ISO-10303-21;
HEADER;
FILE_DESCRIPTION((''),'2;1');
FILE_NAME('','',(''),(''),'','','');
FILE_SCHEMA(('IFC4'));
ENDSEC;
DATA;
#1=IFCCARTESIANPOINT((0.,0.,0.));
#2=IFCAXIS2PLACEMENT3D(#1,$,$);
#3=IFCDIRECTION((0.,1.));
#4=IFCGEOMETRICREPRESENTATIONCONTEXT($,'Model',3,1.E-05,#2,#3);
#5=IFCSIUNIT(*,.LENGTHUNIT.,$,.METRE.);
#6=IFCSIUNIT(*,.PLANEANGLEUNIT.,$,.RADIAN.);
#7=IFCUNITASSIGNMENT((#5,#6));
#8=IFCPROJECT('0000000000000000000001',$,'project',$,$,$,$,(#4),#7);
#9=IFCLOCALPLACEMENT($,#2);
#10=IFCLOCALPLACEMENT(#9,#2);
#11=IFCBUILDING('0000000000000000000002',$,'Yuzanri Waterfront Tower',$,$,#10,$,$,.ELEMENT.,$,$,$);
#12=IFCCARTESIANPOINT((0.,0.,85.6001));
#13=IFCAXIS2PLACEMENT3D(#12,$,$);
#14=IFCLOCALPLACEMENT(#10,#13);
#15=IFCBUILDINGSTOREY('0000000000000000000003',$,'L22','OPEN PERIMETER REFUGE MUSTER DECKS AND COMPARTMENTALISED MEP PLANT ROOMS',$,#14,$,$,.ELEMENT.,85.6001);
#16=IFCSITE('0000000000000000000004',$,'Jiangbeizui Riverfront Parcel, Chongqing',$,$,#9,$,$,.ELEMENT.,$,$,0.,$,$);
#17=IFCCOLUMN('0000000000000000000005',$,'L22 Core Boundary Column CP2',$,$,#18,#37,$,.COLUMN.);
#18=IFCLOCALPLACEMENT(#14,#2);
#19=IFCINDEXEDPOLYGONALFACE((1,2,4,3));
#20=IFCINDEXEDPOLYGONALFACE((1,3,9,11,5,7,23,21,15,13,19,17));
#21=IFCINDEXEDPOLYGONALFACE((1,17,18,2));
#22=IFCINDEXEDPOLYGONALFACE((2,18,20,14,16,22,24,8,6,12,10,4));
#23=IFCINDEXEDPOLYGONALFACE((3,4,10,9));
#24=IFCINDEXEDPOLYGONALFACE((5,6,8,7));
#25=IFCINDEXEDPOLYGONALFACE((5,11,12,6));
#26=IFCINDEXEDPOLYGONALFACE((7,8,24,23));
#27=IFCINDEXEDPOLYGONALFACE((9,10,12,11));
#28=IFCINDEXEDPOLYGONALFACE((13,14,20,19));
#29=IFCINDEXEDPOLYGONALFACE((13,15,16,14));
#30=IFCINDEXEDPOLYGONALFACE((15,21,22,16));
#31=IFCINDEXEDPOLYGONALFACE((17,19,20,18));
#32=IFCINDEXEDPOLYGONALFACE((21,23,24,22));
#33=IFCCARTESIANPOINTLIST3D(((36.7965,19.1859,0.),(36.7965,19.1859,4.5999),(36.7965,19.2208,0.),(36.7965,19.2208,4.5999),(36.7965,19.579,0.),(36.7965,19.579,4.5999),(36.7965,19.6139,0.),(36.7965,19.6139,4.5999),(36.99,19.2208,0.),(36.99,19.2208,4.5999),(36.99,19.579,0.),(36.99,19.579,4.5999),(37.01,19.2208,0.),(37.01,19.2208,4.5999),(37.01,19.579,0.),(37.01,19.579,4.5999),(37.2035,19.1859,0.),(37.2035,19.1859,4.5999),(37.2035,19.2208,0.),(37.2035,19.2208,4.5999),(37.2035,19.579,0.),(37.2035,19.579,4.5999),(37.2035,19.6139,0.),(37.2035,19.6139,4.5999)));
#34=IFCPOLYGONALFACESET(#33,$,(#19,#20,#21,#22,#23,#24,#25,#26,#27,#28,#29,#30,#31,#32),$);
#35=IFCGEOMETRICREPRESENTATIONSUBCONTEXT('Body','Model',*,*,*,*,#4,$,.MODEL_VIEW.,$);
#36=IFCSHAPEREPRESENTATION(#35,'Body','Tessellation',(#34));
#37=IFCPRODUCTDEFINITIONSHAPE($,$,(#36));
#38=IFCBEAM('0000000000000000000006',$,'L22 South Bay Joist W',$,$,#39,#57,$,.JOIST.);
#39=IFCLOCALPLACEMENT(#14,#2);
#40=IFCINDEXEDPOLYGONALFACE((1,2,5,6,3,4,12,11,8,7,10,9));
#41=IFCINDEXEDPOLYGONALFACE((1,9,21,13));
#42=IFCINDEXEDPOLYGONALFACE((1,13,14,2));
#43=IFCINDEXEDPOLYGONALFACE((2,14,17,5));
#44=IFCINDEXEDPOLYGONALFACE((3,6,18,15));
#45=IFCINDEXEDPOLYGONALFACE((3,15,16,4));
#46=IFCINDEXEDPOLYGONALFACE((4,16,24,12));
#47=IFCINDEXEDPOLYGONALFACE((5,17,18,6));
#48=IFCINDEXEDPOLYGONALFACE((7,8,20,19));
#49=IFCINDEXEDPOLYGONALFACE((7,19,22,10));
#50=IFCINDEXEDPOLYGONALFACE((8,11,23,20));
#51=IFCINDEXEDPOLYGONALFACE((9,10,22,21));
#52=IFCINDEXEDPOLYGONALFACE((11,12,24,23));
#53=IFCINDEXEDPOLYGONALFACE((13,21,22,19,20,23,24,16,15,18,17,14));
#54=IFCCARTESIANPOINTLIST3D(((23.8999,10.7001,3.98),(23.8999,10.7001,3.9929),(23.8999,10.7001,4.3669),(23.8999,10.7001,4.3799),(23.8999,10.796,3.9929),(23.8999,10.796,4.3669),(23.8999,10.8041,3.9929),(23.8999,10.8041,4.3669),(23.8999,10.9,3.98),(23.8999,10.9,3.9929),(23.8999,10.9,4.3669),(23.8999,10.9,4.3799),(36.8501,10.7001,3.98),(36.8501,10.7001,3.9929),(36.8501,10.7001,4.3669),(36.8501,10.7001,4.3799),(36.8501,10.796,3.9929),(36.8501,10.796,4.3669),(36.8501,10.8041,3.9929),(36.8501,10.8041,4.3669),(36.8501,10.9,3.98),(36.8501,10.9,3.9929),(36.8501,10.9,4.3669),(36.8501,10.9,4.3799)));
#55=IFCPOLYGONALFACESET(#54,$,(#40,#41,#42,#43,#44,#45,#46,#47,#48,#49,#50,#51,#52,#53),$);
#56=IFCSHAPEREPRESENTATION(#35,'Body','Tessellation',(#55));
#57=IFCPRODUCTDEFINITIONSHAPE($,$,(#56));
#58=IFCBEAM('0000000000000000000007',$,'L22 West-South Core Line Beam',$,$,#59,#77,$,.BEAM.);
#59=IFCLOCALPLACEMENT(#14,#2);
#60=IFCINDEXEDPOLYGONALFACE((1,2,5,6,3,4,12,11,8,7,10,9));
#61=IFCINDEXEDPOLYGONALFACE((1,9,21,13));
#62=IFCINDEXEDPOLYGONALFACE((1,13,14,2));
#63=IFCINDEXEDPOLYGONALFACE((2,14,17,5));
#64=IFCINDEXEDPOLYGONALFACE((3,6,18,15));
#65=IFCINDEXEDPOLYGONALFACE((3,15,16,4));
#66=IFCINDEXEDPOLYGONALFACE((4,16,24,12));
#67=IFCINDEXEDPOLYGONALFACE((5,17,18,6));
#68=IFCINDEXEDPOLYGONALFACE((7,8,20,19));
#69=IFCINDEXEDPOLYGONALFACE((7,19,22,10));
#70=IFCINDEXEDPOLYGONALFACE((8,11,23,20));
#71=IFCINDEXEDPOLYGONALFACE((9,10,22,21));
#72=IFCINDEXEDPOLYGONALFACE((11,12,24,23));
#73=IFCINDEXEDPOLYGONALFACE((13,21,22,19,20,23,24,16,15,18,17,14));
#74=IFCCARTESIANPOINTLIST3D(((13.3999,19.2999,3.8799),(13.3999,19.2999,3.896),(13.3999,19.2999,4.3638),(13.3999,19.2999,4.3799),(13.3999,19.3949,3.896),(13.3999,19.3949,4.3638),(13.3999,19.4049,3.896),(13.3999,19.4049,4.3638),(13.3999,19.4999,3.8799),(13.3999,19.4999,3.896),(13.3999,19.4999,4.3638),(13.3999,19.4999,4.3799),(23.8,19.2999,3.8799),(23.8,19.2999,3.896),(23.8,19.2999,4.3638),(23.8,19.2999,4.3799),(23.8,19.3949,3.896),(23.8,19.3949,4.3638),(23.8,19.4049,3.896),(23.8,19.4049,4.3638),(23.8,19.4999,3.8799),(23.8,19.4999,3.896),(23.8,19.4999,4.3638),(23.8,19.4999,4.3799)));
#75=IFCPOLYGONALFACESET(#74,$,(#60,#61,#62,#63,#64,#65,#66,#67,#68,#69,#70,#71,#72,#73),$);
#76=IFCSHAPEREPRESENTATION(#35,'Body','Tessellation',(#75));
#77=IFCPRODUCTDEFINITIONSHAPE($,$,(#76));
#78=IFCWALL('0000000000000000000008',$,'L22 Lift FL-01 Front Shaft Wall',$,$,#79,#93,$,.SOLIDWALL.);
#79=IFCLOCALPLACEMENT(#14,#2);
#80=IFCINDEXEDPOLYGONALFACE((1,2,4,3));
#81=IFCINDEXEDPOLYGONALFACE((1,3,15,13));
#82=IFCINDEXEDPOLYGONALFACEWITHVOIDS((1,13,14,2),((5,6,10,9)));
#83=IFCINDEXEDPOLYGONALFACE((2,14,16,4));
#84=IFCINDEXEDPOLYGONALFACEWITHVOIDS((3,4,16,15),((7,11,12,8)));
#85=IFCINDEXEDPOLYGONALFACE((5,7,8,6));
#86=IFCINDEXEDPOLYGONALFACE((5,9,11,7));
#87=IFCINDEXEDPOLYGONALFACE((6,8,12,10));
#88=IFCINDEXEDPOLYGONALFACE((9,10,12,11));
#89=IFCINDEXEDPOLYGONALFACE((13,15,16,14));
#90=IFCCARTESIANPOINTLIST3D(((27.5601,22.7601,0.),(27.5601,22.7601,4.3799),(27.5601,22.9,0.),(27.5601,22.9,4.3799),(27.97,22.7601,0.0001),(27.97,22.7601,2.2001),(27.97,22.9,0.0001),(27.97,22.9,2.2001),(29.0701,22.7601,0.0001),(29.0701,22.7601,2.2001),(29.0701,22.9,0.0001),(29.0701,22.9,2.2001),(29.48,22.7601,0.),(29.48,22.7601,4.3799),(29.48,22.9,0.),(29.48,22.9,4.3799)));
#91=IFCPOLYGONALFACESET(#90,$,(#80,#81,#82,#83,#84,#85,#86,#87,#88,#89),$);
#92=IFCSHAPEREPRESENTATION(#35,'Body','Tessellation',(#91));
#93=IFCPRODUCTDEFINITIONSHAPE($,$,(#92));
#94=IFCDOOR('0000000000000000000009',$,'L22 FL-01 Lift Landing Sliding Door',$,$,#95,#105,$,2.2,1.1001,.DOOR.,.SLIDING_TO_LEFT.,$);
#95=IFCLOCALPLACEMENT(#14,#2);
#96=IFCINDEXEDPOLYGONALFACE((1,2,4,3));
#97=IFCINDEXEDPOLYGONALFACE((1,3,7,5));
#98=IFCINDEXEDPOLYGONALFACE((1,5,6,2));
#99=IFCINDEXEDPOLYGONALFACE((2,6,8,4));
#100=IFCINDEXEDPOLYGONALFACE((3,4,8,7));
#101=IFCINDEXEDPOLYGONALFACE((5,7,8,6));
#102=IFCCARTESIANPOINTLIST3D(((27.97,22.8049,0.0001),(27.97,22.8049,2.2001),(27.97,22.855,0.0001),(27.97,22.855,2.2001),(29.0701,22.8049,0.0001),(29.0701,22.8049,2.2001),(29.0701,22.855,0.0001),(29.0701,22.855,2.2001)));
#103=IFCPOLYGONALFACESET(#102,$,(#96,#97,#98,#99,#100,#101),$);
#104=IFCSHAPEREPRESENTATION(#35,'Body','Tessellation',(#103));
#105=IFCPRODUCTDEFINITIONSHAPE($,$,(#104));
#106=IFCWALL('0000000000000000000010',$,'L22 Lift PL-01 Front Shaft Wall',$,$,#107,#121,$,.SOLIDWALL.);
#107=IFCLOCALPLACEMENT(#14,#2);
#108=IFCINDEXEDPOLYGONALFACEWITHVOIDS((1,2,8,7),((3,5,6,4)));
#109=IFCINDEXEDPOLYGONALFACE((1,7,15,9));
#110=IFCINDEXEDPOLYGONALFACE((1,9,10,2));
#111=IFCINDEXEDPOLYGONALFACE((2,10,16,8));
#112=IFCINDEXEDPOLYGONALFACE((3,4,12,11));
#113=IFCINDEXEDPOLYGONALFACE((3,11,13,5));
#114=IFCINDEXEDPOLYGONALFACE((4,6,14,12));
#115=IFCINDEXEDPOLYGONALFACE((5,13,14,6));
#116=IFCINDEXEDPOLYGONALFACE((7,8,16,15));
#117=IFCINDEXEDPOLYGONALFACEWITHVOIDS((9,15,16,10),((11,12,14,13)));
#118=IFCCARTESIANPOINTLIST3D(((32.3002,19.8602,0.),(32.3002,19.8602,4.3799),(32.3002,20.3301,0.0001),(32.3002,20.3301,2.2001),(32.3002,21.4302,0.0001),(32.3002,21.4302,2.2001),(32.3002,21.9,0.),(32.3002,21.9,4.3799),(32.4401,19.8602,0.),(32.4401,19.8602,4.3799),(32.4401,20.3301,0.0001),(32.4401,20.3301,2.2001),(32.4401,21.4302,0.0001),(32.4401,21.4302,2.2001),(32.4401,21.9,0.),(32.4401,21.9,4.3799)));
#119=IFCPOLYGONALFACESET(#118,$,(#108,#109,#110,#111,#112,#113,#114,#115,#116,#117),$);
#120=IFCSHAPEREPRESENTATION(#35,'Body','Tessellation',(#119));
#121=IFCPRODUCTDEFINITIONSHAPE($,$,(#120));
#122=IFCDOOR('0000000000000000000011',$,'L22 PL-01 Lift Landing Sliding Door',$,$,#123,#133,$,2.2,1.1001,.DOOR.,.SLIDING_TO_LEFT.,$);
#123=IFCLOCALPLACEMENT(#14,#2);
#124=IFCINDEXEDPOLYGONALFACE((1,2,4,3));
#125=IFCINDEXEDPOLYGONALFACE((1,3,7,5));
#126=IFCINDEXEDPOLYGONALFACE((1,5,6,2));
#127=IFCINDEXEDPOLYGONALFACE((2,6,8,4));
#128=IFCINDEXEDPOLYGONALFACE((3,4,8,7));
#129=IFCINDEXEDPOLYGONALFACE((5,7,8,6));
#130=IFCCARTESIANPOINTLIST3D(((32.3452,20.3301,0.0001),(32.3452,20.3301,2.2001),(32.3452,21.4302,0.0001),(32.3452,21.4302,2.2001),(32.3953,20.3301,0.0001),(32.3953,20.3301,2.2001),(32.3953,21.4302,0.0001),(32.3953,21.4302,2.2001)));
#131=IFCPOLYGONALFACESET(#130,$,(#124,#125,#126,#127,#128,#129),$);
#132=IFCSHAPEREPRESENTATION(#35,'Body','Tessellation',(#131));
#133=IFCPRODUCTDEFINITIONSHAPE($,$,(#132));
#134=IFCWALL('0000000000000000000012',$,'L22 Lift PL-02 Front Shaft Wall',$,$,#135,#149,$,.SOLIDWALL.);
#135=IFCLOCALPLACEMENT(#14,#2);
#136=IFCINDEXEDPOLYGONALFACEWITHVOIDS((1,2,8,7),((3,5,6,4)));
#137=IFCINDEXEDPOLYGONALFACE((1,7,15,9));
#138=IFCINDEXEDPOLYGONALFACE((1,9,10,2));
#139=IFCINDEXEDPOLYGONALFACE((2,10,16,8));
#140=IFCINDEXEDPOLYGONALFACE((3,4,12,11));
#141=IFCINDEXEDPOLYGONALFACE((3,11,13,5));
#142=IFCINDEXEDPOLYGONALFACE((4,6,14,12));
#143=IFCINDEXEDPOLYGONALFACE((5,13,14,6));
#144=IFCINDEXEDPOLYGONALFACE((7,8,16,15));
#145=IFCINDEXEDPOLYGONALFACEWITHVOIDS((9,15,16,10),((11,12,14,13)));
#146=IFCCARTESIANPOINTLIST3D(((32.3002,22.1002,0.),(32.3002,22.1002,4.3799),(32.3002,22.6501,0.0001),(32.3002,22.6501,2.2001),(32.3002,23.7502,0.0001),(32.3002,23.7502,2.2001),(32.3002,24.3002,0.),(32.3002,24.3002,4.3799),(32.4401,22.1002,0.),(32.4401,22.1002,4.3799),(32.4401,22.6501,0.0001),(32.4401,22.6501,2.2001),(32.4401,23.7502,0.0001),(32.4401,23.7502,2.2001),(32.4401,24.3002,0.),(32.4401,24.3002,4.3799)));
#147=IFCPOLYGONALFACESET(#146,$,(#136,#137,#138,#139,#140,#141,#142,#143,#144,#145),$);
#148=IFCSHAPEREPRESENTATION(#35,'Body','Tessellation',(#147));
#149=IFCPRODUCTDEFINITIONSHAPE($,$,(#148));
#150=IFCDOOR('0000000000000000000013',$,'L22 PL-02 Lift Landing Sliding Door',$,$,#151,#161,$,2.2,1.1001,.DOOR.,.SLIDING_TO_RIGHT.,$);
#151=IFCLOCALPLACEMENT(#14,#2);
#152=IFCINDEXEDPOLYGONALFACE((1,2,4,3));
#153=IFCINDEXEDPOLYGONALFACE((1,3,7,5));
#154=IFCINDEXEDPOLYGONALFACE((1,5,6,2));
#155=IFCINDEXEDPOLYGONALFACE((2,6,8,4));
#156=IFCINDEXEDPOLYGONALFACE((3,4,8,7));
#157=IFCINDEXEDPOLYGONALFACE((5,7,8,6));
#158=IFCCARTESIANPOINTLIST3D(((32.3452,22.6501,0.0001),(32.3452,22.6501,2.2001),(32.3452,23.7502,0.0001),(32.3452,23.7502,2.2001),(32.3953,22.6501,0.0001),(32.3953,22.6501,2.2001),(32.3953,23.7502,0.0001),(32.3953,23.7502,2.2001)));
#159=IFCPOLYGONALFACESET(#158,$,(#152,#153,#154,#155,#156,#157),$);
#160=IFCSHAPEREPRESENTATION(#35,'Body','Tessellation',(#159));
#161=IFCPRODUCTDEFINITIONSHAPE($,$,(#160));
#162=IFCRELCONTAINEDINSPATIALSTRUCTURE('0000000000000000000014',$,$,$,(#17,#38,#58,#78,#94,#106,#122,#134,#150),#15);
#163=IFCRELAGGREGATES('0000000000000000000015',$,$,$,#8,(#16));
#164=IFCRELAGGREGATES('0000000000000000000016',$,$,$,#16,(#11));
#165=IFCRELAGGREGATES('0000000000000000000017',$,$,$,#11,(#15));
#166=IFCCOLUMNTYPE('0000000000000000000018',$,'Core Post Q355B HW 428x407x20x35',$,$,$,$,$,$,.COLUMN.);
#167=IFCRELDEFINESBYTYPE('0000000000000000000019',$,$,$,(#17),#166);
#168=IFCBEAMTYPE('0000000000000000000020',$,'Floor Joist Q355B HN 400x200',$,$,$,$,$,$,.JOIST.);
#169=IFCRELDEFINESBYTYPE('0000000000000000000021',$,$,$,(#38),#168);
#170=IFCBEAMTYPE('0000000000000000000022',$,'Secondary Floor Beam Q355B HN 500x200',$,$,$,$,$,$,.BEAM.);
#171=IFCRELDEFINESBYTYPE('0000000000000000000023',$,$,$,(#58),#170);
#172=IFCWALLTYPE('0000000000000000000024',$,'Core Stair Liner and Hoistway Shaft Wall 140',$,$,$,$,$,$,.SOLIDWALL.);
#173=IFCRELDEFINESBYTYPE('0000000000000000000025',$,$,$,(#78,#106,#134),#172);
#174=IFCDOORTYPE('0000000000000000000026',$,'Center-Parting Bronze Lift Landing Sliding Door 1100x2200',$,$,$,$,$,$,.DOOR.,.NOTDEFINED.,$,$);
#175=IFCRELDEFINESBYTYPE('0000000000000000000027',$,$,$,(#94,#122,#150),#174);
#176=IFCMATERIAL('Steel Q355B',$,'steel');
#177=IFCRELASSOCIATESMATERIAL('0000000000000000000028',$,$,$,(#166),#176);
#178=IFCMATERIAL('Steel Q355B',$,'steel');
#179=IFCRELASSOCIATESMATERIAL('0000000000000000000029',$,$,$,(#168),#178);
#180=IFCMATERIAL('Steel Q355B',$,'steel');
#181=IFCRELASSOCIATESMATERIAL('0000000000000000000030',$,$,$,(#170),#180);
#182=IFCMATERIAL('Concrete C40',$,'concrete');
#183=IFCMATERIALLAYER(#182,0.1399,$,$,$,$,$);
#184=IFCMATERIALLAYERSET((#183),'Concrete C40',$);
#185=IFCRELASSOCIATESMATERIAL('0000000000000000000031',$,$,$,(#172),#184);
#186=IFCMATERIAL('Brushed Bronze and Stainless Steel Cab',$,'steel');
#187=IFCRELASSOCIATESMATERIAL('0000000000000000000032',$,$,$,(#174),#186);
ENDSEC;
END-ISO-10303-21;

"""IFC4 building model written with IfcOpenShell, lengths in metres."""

from ifc_helpers import new_model, si_unit, direction, frame, frame_2d, origin, origin_2d, place, context, subcontext, project, spatial, rectangle, i_section, extrude, source, transform, mapped, material, layer, layer_set, material_profile, profile_set, type_object, element, fill, save


model = new_model("IFC4")

# Units and contexts
model_context = context("Model", 3, precision=1e-05, world=origin(), true_north=direction((0.0, 1.0)))
body_context = subcontext(model_context, "Body", "Model", "MODEL_VIEW")
ifc_project = project(units=[si_unit("LENGTHUNIT", "METRE"), si_unit("PLANEANGLEUNIT", "RADIAN")], contexts=[model_context])

# Site, building, storey
site_placement = place(None, origin())
site = spatial("IfcSite", under=ifc_project, at=site_placement, Name="Jiangbeizui Riverfront Parcel, Chongqing", CompositionType="ELEMENT", RefElevation=0.0)
building_placement = place(site_placement, origin())
building = spatial("IfcBuilding", under=site, at=building_placement, Name="Yuzanri Waterfront Tower", CompositionType="ELEMENT")
storey_placement = place(building_placement, frame((0.0, 0.0, 85.6001)))
storey = spatial("IfcBuildingStorey", under=building, at=storey_placement, Name="L22", Description="OPEN PERIMETER REFUGE MUSTER DECKS AND COMPARTMENTALISED MEP PLANT ROOMS", CompositionType="ELEMENT", Elevation=85.6001)

# Column
ifc_material_1 = material(Name="Steel Q355B", Category="steel")
ifc_material_profile_1 = material_profile(ifc_material_1, i_section(OverallWidth=0.407, OverallDepth=0.428, WebThickness=0.02, FlangeThickness=0.0349, at=origin_2d()), Name="HW 428x407x20x35")
ifc_profile_set_1 = profile_set([ifc_material_profile_1], Name="Steel Q355B")
column_type = type_object("IfcColumnType", Name="Core Post Q355B HW 428x407x20x35", PredefinedType="COLUMN", material=ifc_profile_set_1)
shared_shape_1 = source(origin(), body_context, "Body", "SweptSolid", [
    extrude(i_section(OverallWidth=0.407, OverallDepth=0.428, WebThickness=0.02, FlangeThickness=0.0349, at=origin_2d()), origin(), (0.0, 0.0, 1.0), 4.5999),
])
column_placement = place(storey_placement, frame((37.0, 19.3999, 0.0), z_axis=(0.0, 0.0, 1.0), x_axis=(1.0, 0.0, 0.0)))
element("IfcColumn", 1, at=column_placement, inside=storey, type_object=column_type, Name="L22 Core Boundary Column CP2", PredefinedType="COLUMN", context=body_context, shape_type="MappedRepresentation", body=[
    mapped(shared_shape_1, transform((0.0, 0.0, 0.0), scale=1.0)),
])

# Beams
ifc_material_2 = material(Name="Steel Q355B", Category="steel")
ifc_material_profile_2 = material_profile(ifc_material_2, i_section(OverallWidth=0.2, OverallDepth=0.3999, WebThickness=0.0081, FlangeThickness=0.0129, at=origin_2d()), Name="HN 400x200x8x13")
ifc_profile_set_2 = profile_set([ifc_material_profile_2], Name="Steel Q355B")
beam_type_1 = type_object("IfcBeamType", Name="Floor Joist Q355B HN 400x200", PredefinedType="JOIST", material=ifc_profile_set_2)
shared_shape_2 = source(origin(), body_context, "Body", "SweptSolid", [
    extrude(i_section(OverallWidth=0.2, OverallDepth=0.3999, WebThickness=0.0081, FlangeThickness=0.0129, at=origin_2d()), origin(), (0.0, 0.0, 1.0), 12.9502),
])
beam_1_placement = place(storey_placement, frame((23.8999, 10.8, 4.1799), z_axis=(1.0, 0.0, 0.0), x_axis=(0.0, 1.0, 0.0)))
element("IfcBeam", 2, at=beam_1_placement, inside=storey, type_object=beam_type_1, Name="L22 South Bay Joist W", PredefinedType="JOIST", context=body_context, shape_type="MappedRepresentation", body=[
    mapped(shared_shape_2, transform((0.0, 0.0, 0.0), scale=1.0)),
])
ifc_material_3 = material(Name="Steel Q355B", Category="steel")
ifc_material_profile_3 = material_profile(ifc_material_3, i_section(OverallWidth=0.2, OverallDepth=0.5, WebThickness=0.01, FlangeThickness=0.0161, at=origin_2d()), Name="HN 500x200x10x16")
ifc_profile_set_3 = profile_set([ifc_material_profile_3], Name="Steel Q355B")
beam_type_2 = type_object("IfcBeamType", Name="Secondary Floor Beam Q355B HN 500x200", PredefinedType="BEAM", material=ifc_profile_set_3)
shared_shape_3 = source(origin(), body_context, "Body", "SweptSolid", [
    extrude(i_section(OverallWidth=0.2, OverallDepth=0.5, WebThickness=0.01, FlangeThickness=0.0161, at=origin_2d()), origin(), (0.0, 0.0, 1.0), 10.4001),
])
beam_2_placement = place(storey_placement, frame((23.8, 19.3999, 4.1299), z_axis=(-1.0, 0.0, 0.0), x_axis=(0.0, -1.0, 0.0)))
element("IfcBeam", 3, at=beam_2_placement, inside=storey, type_object=beam_type_2, Name="L22 West-South Core Line Beam", PredefinedType="BEAM", context=body_context, shape_type="MappedRepresentation", body=[
    mapped(shared_shape_3, transform((0.0, 0.0, 0.0), scale=1.0)),
])

# Walls, openings, doors
ifc_material_4 = material(Name="Concrete C40", Category="concrete")
ifc_layer_1 = layer(ifc_material_4, 0.1399)
ifc_layer_set_1 = layer_set([ifc_layer_1], Name="Concrete C40")
wall_type_1 = type_object("IfcWallType", Name="Core Stair Liner and Hoistway Shaft Wall 140", PredefinedType="SOLIDWALL", material=ifc_layer_set_1)
wall_1_placement = place(storey_placement, frame((27.5601, 22.8301, 0.0), z_axis=(0.0, 0.0, 1.0), x_axis=(1.0, 0.0, 0.0)))
wall_1 = element("IfcWall", 4, at=wall_1_placement, inside=storey, type_object=wall_type_1, Name="L22 Lift FL-01 Front Shaft Wall", PredefinedType="SOLIDWALL", context=body_context, shape_type="SweptSolid", body=[
    extrude(rectangle(XDim=1.9199, YDim=0.1399, at=frame_2d((0.96, 0.0))), origin(), (0.0, 0.0, 1.0), 4.3799),
])
opening_1_placement = place(wall_1_placement, frame((0.4099, 0.0, 0.0)))
opening_1 = element("IfcOpeningElement", 5, at=opening_1_placement, cuts=wall_1, PredefinedType="OPENING", context=body_context, shape_type="SweptSolid", body=[
    extrude(rectangle(XDim=1.1001, YDim=2.2, at=frame_2d((0.55, 1.1001))), frame((0.0, 0.085, 0.0), z_axis=(0.0, -1.0, 0.0), x_axis=(1.0, 0.0, 0.0)), (0.0, 0.0, 1.0), 0.1697),
])
ifc_material_5 = material(Name="Brushed Bronze and Stainless Steel Cab", Category="steel")
door_type_1 = type_object("IfcDoorType", Name="Center-Parting Bronze Lift Landing Sliding Door 1100x2200", OperationType="NOTDEFINED", PredefinedType="DOOR", material=ifc_material_5)
shared_shape_4 = source(origin(), body_context, "Body", "SweptSolid", [
    extrude(rectangle(XDim=1.1001, YDim=2.2, at=frame_2d((0.55, 1.1001))), frame((0.0, 0.0249, 0.0), z_axis=(0.0, -1.0, 0.0), x_axis=(1.0, 0.0, 0.0)), (0.0, 0.0, 1.0), 0.05),
])
door_1_placement = place(opening_1_placement, origin())
door_1 = element("IfcDoor", 6, at=door_1_placement, inside=storey, type_object=door_type_1, Name="L22 FL-01 Lift Landing Sliding Door", OperationType="SLIDING_TO_LEFT", OverallHeight=2.2, OverallWidth=1.1001, PredefinedType="DOOR", context=body_context, shape_type="MappedRepresentation", body=[
    mapped(shared_shape_4, transform((0.0, 0.0, 0.0), scale=1.0)),
])
fill(opening_1, door_1)
wall_2_placement = place(storey_placement, frame((32.3701, 19.8601, 0.0), z_axis=(0.0, 0.0, 1.0), x_axis=(0.0, 1.0, 0.0)))
wall_2 = element("IfcWall", 7, at=wall_2_placement, inside=storey, type_object=wall_type_1, Name="L22 Lift PL-01 Front Shaft Wall", PredefinedType="SOLIDWALL", context=body_context, shape_type="SweptSolid", body=[
    extrude(rectangle(XDim=2.0398, YDim=0.1399, at=frame_2d((1.02, 0.0))), origin(), (0.0, 0.0, 1.0), 4.3799),
])
opening_2_placement = place(wall_2_placement, frame((0.47, 0.0, 0.0)))
opening_2 = element("IfcOpeningElement", 8, at=opening_2_placement, cuts=wall_2, PredefinedType="OPENING", context=body_context, shape_type="SweptSolid", body=[
    extrude(rectangle(XDim=1.1001, YDim=2.2, at=frame_2d((0.55, 1.1001))), frame((0.0, 0.085, 0.0), z_axis=(0.0, -1.0, 0.0), x_axis=(1.0, 0.0, 0.0)), (0.0, 0.0, 1.0), 0.1697),
])
door_2_placement = place(opening_2_placement, origin())
door_2 = element("IfcDoor", 9, at=door_2_placement, inside=storey, type_object=door_type_1, Name="L22 PL-01 Lift Landing Sliding Door", OperationType="SLIDING_TO_LEFT", OverallHeight=2.2, OverallWidth=1.1001, PredefinedType="DOOR", context=body_context, shape_type="MappedRepresentation", body=[
    mapped(shared_shape_4, transform((0.0, 0.0, 0.0), scale=1.0)),
])
fill(opening_2, door_2)
wall_3_placement = place(storey_placement, frame((32.3701, 22.1001, 0.0), z_axis=(0.0, 0.0, 1.0), x_axis=(0.0, 1.0, 0.0)))
wall_3 = element("IfcWall", 10, at=wall_3_placement, inside=storey, type_object=wall_type_1, Name="L22 Lift PL-02 Front Shaft Wall", PredefinedType="SOLIDWALL", context=body_context, shape_type="SweptSolid", body=[
    extrude(rectangle(XDim=2.2, YDim=0.1399, at=frame_2d((1.1001, 0.0))), origin(), (0.0, 0.0, 1.0), 4.3799),
])
opening_3_placement = place(wall_3_placement, frame((0.55, 0.0, 0.0)))
opening_3 = element("IfcOpeningElement", 11, at=opening_3_placement, cuts=wall_3, PredefinedType="OPENING", context=body_context, shape_type="SweptSolid", body=[
    extrude(rectangle(XDim=1.1001, YDim=2.2, at=frame_2d((0.55, 1.1001))), frame((0.0, 0.085, 0.0), z_axis=(0.0, -1.0, 0.0), x_axis=(1.0, 0.0, 0.0)), (0.0, 0.0, 1.0), 0.1697),
])
door_3_placement = place(opening_3_placement, origin())
door_3 = element("IfcDoor", 12, at=door_3_placement, inside=storey, type_object=door_type_1, Name="L22 PL-02 Lift Landing Sliding Door", OperationType="SLIDING_TO_RIGHT", OverallHeight=2.2, OverallWidth=1.1001, PredefinedType="DOOR", context=body_context, shape_type="MappedRepresentation", body=[
    mapped(shared_shape_4, transform((0.0, 0.0, 0.0), scale=1.0)),
])
fill(opening_3, door_3)

save(model, "model.ifc")
